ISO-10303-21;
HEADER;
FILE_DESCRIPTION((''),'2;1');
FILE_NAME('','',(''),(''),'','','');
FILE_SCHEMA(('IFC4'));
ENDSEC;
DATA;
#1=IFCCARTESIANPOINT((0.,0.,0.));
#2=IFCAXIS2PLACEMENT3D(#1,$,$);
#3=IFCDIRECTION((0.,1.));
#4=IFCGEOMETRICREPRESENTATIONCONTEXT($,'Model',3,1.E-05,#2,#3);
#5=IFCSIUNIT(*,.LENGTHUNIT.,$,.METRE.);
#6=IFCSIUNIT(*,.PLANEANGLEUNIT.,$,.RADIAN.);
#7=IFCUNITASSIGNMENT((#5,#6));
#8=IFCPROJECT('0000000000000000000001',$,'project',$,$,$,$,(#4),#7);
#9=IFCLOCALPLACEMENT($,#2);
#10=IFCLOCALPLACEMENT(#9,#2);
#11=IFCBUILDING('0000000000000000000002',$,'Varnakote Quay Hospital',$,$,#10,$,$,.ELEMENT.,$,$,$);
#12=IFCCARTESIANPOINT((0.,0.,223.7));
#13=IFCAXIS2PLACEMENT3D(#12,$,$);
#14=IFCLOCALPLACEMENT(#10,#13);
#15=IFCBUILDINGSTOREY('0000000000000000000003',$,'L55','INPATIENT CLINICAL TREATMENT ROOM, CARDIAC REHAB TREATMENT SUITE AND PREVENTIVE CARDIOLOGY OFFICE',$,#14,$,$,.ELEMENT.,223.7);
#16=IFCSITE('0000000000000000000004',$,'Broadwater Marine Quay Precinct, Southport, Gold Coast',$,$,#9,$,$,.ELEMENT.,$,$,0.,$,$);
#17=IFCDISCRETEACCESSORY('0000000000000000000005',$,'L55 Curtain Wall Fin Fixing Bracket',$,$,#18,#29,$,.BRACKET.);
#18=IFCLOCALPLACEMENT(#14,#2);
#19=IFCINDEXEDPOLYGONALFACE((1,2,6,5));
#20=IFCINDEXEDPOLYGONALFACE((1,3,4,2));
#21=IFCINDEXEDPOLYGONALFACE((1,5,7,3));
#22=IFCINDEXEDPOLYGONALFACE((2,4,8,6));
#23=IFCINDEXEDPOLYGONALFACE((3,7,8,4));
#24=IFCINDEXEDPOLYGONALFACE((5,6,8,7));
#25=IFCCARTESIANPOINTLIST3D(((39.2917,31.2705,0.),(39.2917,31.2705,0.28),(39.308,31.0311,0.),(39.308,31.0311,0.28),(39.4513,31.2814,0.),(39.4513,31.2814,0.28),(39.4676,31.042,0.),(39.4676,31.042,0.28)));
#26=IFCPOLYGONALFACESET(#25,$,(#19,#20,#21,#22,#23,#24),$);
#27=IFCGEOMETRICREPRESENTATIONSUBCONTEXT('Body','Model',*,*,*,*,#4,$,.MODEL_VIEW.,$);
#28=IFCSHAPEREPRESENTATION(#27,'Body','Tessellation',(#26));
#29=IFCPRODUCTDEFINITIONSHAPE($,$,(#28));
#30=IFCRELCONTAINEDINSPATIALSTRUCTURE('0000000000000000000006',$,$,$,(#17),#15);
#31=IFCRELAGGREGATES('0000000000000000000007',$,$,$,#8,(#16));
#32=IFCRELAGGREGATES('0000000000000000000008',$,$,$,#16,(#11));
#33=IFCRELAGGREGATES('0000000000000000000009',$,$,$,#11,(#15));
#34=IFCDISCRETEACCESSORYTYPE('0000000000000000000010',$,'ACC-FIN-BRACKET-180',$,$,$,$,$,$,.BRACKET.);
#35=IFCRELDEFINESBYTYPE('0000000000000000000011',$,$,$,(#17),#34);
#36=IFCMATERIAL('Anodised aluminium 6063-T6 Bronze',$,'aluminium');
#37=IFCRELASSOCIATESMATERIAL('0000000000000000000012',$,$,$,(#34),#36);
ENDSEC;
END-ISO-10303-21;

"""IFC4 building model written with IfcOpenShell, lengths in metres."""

from ifc_helpers import new_model, si_unit, direction, frame, origin, origin_2d, place, context, subcontext, project, spatial, rectangle, extrude, material, type_object, element, save


model = new_model("IFC4")

# Units and contexts
model_context = context("Model", 3, precision=1e-05, world=origin(), true_north=direction((0.0, 1.0)))
body_context = subcontext(model_context, "Body", "Model", "MODEL_VIEW")
ifc_project = project(units=[si_unit("LENGTHUNIT", "METRE"), si_unit("PLANEANGLEUNIT", "RADIAN")], contexts=[model_context])

# Site, building, storey
site_placement = place(None, origin())
site = spatial("IfcSite", under=ifc_project, at=site_placement, Name="Broadwater Marine Quay Precinct, Southport, Gold Coast", CompositionType="ELEMENT", RefElevation=0.0)
building_placement = place(site_placement, origin())
building = spatial("IfcBuilding", under=site, at=building_placement, Name="Varnakote Quay Hospital", CompositionType="ELEMENT")
storey_placement = place(building_placement, frame((0.0, 0.0, 223.7)))
storey = spatial("IfcBuildingStorey", under=building, at=storey_placement, Name="L55", Description="INPATIENT CLINICAL TREATMENT ROOM, CARDIAC REHAB TREATMENT SUITE AND PREVENTIVE CARDIOLOGY OFFICE", CompositionType="ELEMENT", Elevation=223.7)

# Discrete accessory
ifc_material_1 = material(Name="Anodised aluminium 6063-T6 Bronze", Category="aluminium")
discrete_accessory_type = type_object("IfcDiscreteAccessoryType", Name="ACC-FIN-BRACKET-180", PredefinedType="BRACKET", material=ifc_material_1)
discrete_accessory_placement = place(storey_placement, frame((39.3796, 31.1562, 0.0), z_axis=(0.0, 0.0, 1.0), x_axis=(-0.997696, -0.067841, 0.0)))
element("IfcDiscreteAccessory", 1, at=discrete_accessory_placement, inside=storey, type_object=discrete_accessory_type, Name="L55 Curtain Wall Fin Fixing Bracket", PredefinedType="BRACKET", context=body_context, shape_type="SweptSolid", body=[
    extrude(rectangle(XDim=0.1599, YDim=0.24, at=origin_2d()), origin(), (0.0, 0.0, 1.0), 0.28),
])

save(model, "model.ifc")
